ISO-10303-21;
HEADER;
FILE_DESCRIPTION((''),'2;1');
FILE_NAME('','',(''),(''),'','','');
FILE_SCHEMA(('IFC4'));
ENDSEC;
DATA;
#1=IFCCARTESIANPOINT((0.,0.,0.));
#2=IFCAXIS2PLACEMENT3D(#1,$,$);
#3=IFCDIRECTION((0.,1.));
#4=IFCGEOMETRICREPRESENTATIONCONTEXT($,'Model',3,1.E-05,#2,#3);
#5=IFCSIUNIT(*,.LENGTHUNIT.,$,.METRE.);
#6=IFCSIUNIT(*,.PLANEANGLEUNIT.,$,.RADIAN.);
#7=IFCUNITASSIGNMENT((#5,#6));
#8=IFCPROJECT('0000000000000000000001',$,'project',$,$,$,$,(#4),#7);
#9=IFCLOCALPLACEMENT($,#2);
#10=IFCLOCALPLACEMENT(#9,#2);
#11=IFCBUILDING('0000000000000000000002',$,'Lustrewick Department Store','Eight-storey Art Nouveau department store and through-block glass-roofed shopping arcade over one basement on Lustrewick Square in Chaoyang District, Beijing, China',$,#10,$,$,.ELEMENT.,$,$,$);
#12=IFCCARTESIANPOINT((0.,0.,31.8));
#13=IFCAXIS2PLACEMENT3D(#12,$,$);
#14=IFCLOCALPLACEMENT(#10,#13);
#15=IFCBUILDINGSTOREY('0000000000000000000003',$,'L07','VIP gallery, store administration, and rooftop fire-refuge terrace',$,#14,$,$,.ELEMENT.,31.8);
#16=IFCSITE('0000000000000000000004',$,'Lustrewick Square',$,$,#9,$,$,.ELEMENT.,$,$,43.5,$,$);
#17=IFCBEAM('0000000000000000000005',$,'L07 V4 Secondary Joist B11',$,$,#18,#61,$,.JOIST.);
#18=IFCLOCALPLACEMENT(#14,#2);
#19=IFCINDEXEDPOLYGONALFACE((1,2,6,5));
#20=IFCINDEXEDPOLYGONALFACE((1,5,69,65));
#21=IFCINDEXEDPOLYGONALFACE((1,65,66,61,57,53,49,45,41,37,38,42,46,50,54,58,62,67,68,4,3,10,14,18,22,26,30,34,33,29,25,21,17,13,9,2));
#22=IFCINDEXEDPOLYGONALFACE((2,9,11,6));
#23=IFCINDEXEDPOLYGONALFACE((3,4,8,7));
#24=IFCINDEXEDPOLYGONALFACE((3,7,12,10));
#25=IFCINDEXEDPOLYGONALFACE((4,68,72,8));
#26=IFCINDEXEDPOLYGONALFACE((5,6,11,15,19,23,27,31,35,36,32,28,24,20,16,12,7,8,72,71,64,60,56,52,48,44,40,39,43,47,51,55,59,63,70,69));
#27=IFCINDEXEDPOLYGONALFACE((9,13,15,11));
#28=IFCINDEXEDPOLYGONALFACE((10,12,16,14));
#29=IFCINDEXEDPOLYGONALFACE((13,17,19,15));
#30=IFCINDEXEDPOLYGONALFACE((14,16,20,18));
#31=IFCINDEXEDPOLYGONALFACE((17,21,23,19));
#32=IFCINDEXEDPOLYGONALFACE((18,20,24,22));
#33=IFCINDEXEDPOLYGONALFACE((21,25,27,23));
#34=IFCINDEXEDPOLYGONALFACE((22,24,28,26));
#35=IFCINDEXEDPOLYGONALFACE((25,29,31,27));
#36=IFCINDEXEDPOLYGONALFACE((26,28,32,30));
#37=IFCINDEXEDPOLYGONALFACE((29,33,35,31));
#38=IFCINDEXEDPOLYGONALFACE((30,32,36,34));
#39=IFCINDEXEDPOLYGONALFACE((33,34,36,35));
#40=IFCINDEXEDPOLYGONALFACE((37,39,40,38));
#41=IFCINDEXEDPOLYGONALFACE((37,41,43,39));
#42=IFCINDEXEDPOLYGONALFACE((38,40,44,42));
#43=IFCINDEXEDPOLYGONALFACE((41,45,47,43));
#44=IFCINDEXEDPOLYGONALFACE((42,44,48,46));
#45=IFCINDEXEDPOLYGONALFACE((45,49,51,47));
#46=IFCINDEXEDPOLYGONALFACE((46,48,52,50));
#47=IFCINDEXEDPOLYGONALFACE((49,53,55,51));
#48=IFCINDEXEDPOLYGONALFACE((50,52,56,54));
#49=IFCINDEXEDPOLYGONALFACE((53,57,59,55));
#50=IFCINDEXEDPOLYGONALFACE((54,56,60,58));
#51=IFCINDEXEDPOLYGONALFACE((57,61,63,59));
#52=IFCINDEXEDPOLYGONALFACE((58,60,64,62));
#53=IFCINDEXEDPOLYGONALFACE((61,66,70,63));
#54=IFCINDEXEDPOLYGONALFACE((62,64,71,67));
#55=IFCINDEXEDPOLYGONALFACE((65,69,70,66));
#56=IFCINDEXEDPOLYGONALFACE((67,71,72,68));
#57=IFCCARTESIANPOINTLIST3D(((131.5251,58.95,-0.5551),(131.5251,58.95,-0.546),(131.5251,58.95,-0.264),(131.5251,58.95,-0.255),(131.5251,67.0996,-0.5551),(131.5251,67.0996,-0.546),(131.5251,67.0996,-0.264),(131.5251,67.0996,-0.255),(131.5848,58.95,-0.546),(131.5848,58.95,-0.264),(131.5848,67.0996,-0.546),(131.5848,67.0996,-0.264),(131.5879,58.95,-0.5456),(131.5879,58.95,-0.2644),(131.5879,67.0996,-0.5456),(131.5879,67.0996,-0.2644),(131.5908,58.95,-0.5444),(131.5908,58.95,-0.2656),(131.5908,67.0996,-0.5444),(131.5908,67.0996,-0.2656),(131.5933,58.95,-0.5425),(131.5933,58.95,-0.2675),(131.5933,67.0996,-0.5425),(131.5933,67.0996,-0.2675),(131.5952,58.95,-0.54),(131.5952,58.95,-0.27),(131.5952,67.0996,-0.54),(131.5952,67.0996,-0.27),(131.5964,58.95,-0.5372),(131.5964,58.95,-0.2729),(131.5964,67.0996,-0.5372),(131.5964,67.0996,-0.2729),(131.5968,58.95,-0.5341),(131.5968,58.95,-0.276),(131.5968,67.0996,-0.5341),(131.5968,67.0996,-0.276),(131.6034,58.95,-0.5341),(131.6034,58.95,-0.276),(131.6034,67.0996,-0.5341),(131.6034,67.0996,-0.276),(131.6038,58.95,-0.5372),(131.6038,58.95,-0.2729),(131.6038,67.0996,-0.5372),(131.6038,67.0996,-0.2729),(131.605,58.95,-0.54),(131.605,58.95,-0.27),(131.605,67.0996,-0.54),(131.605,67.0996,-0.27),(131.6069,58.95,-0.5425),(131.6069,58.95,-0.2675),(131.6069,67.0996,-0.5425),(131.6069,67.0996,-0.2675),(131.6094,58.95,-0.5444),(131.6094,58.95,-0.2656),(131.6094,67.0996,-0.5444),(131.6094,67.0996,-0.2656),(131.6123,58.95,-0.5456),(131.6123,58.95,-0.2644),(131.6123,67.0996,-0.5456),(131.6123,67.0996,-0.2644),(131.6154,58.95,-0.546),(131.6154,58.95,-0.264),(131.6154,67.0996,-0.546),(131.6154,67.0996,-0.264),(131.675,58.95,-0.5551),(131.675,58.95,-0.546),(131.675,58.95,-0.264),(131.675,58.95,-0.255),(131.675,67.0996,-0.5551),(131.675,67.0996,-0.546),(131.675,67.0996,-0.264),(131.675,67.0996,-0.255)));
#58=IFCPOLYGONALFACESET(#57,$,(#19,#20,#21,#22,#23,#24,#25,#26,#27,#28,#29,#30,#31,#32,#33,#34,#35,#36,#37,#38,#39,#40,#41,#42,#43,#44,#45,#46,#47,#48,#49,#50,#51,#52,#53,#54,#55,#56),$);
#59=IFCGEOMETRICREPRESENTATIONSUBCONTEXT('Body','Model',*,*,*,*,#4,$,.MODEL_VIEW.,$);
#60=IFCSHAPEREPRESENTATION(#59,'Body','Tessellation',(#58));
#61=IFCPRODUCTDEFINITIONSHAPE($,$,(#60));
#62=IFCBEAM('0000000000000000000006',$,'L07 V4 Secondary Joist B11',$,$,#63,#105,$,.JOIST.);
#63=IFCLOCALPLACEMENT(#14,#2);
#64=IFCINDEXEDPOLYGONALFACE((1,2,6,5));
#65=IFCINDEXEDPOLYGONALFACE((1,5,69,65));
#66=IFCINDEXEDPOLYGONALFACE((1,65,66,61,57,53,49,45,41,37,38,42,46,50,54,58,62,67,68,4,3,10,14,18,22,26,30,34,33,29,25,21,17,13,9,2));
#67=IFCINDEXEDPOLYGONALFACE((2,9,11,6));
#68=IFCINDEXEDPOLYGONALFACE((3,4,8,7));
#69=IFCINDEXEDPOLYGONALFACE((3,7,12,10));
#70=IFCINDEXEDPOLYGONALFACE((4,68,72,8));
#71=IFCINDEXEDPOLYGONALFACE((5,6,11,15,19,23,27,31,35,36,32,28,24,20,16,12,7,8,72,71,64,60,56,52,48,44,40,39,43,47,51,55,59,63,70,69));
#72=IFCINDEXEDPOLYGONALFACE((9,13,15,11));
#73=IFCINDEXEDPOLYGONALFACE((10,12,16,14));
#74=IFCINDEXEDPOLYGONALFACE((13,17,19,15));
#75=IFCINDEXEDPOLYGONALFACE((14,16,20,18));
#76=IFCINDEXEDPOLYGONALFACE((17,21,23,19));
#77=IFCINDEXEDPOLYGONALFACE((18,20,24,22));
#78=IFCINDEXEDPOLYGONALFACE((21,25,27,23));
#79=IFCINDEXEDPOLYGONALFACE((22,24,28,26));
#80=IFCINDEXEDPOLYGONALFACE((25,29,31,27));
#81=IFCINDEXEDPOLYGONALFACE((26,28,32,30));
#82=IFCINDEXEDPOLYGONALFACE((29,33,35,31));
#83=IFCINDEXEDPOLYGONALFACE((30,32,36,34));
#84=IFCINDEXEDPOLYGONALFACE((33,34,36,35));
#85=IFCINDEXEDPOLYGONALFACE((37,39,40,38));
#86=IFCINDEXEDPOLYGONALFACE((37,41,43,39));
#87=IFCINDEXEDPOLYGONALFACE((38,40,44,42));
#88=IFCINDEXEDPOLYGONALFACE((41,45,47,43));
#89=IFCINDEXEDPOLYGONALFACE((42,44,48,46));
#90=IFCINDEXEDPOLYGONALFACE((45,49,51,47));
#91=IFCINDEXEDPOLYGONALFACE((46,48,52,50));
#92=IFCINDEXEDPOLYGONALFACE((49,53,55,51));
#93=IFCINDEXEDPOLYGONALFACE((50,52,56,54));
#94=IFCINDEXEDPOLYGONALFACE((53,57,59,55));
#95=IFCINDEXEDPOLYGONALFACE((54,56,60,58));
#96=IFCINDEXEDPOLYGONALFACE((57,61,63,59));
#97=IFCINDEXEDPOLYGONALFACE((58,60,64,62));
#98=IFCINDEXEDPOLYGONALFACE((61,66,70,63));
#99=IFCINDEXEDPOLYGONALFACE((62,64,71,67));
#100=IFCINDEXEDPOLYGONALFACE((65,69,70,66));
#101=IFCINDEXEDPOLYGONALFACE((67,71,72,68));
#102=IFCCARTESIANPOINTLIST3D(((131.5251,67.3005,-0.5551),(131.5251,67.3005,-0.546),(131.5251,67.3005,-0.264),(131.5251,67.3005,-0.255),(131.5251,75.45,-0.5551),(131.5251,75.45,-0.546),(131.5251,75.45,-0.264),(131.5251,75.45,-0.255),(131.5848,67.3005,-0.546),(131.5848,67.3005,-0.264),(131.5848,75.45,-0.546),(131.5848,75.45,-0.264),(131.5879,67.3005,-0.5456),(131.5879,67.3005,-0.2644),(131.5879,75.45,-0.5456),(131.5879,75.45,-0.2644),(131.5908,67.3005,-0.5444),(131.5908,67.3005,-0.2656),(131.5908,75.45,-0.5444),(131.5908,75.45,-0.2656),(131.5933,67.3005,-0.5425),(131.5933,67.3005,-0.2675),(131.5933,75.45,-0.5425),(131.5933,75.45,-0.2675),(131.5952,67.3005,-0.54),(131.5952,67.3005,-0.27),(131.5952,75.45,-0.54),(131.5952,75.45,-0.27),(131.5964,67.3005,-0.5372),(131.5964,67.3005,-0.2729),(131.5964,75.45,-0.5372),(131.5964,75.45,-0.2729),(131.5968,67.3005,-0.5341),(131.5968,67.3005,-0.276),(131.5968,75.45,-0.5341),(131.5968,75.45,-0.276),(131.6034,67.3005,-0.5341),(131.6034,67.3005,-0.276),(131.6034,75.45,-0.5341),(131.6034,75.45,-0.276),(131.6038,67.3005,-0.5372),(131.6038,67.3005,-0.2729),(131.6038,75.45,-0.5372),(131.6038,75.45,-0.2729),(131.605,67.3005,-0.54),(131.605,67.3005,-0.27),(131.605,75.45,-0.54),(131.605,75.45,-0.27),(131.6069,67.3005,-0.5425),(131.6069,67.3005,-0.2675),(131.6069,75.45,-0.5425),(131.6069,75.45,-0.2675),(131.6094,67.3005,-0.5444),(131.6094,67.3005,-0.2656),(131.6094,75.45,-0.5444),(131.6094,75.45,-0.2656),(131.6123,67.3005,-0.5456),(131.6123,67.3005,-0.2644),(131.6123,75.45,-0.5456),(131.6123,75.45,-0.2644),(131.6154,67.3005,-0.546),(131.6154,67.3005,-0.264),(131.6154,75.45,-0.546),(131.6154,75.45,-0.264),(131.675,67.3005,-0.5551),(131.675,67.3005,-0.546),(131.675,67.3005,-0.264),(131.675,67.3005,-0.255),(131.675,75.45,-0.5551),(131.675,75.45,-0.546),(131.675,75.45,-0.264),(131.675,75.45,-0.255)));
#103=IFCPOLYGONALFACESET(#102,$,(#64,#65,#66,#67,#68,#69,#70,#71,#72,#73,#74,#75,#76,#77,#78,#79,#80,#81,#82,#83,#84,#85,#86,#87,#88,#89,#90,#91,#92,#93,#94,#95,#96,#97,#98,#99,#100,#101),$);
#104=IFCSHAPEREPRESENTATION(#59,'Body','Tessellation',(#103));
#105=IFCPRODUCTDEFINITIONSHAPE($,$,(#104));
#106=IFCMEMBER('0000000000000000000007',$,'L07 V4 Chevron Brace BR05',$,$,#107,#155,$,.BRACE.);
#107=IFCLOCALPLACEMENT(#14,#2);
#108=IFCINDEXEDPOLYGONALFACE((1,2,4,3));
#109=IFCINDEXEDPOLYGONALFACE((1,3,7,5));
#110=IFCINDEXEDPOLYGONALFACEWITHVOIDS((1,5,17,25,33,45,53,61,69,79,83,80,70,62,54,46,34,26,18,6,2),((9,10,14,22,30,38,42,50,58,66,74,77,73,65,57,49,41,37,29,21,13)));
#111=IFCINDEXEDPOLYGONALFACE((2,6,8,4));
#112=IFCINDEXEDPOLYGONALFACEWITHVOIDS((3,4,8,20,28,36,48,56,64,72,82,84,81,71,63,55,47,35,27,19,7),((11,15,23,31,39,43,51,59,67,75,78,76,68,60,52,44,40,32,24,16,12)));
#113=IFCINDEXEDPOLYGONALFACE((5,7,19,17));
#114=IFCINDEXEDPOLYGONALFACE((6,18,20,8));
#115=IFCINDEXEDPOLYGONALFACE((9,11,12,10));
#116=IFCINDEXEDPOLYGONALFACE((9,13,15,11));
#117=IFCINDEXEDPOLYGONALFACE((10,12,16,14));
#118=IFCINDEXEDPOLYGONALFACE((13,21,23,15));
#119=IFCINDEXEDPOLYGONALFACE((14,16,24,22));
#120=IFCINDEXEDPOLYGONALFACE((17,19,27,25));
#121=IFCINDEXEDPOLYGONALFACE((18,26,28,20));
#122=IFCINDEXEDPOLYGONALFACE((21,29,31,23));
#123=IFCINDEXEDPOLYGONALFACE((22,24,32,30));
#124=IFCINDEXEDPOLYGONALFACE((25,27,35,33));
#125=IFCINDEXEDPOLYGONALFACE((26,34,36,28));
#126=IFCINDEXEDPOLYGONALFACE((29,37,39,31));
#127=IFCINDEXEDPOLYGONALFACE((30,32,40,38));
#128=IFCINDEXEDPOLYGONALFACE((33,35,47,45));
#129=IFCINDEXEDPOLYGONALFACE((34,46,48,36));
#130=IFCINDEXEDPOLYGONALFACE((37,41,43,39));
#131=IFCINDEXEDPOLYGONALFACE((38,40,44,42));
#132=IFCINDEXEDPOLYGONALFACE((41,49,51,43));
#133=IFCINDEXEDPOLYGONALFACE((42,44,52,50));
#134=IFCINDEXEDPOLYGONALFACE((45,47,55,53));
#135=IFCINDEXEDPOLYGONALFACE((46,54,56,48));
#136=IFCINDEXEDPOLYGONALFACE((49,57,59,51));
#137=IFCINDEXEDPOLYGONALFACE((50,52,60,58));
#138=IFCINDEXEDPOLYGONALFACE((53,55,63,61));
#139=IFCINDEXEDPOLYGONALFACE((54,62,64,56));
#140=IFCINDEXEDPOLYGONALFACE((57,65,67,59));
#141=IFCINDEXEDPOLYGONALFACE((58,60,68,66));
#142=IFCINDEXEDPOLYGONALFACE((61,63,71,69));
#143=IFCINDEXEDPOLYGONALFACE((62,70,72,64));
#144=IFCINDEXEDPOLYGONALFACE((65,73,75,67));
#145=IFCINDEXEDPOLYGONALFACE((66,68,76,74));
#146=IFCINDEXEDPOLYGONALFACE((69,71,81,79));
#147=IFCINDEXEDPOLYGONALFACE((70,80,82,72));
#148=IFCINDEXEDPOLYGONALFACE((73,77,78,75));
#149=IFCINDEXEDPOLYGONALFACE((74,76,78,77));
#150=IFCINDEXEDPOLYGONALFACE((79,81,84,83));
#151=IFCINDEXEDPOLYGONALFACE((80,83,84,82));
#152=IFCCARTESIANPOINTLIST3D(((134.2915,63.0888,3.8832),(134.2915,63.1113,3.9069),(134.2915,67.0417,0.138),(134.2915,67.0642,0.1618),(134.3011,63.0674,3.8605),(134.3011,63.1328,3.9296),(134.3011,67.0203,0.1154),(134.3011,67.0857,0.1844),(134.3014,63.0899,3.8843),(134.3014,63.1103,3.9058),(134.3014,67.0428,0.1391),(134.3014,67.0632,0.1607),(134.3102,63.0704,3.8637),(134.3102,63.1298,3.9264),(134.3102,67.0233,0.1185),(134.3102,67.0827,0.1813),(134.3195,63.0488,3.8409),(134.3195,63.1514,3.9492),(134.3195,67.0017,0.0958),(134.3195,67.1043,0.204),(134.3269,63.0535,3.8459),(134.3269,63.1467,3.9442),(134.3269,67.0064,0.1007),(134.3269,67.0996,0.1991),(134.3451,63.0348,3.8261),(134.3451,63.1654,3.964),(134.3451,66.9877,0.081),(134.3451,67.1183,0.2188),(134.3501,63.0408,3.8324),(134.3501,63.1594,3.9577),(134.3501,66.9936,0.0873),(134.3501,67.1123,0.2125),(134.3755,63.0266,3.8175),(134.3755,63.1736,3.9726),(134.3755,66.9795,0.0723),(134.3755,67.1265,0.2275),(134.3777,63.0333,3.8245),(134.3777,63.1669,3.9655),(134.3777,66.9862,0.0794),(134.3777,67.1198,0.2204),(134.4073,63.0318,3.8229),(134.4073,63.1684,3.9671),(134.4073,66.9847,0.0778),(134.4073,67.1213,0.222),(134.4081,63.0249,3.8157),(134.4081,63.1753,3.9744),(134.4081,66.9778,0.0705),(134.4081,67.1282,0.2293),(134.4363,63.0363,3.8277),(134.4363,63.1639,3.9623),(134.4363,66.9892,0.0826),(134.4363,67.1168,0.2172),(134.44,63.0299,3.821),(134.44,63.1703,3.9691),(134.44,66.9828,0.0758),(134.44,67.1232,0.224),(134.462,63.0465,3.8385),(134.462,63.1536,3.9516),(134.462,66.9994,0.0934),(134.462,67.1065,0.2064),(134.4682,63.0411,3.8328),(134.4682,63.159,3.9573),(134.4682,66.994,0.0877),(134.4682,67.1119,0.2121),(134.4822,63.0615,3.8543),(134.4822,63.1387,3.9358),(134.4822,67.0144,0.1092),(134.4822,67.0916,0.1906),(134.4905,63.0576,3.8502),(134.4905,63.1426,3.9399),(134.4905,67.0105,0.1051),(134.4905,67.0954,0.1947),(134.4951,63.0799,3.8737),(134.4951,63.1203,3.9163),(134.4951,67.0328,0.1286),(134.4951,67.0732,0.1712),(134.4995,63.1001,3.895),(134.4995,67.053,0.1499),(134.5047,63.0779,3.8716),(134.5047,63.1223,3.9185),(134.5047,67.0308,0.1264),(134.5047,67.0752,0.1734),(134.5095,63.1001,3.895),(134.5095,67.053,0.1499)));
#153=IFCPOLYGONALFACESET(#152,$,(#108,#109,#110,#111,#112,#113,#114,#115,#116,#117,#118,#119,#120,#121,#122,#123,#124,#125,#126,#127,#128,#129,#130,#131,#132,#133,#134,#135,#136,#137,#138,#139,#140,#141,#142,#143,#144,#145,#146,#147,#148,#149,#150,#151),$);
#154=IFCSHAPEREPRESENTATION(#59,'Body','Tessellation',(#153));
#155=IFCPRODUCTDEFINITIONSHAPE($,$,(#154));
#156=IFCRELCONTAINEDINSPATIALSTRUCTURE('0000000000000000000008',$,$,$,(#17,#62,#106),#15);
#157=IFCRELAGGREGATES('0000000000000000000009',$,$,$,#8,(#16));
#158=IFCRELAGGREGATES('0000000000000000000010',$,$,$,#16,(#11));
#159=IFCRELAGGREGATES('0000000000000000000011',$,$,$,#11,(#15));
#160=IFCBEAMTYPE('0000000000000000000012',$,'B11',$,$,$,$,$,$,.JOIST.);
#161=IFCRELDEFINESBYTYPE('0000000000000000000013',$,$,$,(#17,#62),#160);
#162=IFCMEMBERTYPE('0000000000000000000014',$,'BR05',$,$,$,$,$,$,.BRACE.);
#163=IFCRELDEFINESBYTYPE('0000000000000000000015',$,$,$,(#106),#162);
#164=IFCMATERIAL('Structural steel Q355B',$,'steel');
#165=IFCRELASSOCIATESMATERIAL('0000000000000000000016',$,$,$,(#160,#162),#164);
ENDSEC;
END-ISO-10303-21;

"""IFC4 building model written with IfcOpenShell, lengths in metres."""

from ifc_helpers import new_model, si_unit, direction, frame, origin, origin_2d, place, context, subcontext, project, spatial, hollow_circle, i_section, extrude, material, material_profile, profile_set, type_object, element, save


model = new_model("IFC4")

# Units and contexts
model_context = context("Model", 3, precision=1e-05, world=origin(), true_north=direction((0.0, 1.0)))
body_context = subcontext(model_context, "Body", "Model", "MODEL_VIEW")
ifc_project = project(units=[si_unit("LENGTHUNIT", "METRE"), si_unit("PLANEANGLEUNIT", "RADIAN")], contexts=[model_context])

# Site, building, storey
site_placement = place(None, origin())
site = spatial("IfcSite", under=ifc_project, at=site_placement, Name="Lustrewick Square", CompositionType="ELEMENT", RefElevation=43.5)
building_placement = place(site_placement, origin())
building = spatial("IfcBuilding", under=site, at=building_placement, Name="Lustrewick Department Store", Description="Eight-storey Art Nouveau department store and through-block glass-roofed shopping arcade over one basement on Lustrewick Square in Chaoyang District, Beijing, China", CompositionType="ELEMENT")
storey_placement = place(building_placement, frame((0.0, 0.0, 31.8)))
storey = spatial("IfcBuildingStorey", under=building, at=storey_placement, Name="L07", Description="VIP gallery, store administration, and rooftop fire-refuge terrace", CompositionType="ELEMENT", Elevation=31.8)

# Shared definitions
ifc_material_1 = material(Name="Structural steel Q355B", Category="steel")

# Beams
ifc_material_profile_1 = material_profile(ifc_material_1, i_section(OverallWidth=0.1499, OverallDepth=0.3, WebThickness=0.0066, FlangeThickness=0.009, FilletRadius=0.012, at=origin_2d()), Name="HN 300x150x6.5x9")
ifc_profile_set_1 = profile_set([ifc_material_profile_1], Name="Structural steel Q355B")
beam_type_1 = type_object("IfcBeamType", Name="B11", PredefinedType="JOIST", material=ifc_profile_set_1)
beam_1_placement = place(storey_placement, frame((131.6001, 58.95, -0.405), z_axis=(0.0, 1.0, 0.0), x_axis=(-1.0, 0.0, 0.0)))
element("IfcBeam", 1, at=beam_1_placement, inside=storey, type_object=beam_type_1, Name="L07 V4 Secondary Joist B11", PredefinedType="JOIST", context=body_context, shape_type="SweptSolid", body=[
    extrude(i_section(OverallWidth=0.1499, OverallDepth=0.3, WebThickness=0.0066, FlangeThickness=0.009, FilletRadius=0.012, at=origin_2d()), origin(), (0.0, 0.0, 1.0), 8.1497),
])
beam_2_placement = place(storey_placement, frame((131.6001, 67.3005, -0.405), z_axis=(0.0, 1.0, 0.0), x_axis=(-1.0, 0.0, 0.0)))
element("IfcBeam", 2, at=beam_2_placement, inside=storey, type_object=beam_type_1, Name="L07 V4 Secondary Joist B11", PredefinedType="JOIST", context=body_context, shape_type="SweptSolid", body=[
    extrude(i_section(OverallWidth=0.1499, OverallDepth=0.3, WebThickness=0.0066, FlangeThickness=0.009, FilletRadius=0.012, at=origin_2d()), origin(), (0.0, 0.0, 1.0), 8.1494),
])

# Member
ifc_material_profile_2 = material_profile(ifc_material_1, hollow_circle(Radius=0.1096, WallThickness=0.01, at=origin_2d()), Name="CHS 219x10")
ifc_profile_set_2 = profile_set([ifc_material_profile_2], Name="Structural steel Q355B")
member_type = type_object("IfcMemberType", Name="BR05", PredefinedType="BRACE", material=ifc_profile_set_2)
member_placement = place(storey_placement, frame((134.3999, 67.053, 0.1499), z_axis=(0.0, -0.725927, 0.687772), x_axis=(1.0, 0.0, 0.0)))
element("IfcMember", 3, at=member_placement, inside=storey, type_object=member_type, Name="L07 V4 Chevron Brace BR05", PredefinedType="BRACE", context=body_context, shape_type="SweptSolid", body=[
    extrude(hollow_circle(Radius=0.1096, WallThickness=0.01, at=origin_2d()), origin(), (0.0, 0.0, 1.0), 5.4453),
])

save(model, "model.ifc")
